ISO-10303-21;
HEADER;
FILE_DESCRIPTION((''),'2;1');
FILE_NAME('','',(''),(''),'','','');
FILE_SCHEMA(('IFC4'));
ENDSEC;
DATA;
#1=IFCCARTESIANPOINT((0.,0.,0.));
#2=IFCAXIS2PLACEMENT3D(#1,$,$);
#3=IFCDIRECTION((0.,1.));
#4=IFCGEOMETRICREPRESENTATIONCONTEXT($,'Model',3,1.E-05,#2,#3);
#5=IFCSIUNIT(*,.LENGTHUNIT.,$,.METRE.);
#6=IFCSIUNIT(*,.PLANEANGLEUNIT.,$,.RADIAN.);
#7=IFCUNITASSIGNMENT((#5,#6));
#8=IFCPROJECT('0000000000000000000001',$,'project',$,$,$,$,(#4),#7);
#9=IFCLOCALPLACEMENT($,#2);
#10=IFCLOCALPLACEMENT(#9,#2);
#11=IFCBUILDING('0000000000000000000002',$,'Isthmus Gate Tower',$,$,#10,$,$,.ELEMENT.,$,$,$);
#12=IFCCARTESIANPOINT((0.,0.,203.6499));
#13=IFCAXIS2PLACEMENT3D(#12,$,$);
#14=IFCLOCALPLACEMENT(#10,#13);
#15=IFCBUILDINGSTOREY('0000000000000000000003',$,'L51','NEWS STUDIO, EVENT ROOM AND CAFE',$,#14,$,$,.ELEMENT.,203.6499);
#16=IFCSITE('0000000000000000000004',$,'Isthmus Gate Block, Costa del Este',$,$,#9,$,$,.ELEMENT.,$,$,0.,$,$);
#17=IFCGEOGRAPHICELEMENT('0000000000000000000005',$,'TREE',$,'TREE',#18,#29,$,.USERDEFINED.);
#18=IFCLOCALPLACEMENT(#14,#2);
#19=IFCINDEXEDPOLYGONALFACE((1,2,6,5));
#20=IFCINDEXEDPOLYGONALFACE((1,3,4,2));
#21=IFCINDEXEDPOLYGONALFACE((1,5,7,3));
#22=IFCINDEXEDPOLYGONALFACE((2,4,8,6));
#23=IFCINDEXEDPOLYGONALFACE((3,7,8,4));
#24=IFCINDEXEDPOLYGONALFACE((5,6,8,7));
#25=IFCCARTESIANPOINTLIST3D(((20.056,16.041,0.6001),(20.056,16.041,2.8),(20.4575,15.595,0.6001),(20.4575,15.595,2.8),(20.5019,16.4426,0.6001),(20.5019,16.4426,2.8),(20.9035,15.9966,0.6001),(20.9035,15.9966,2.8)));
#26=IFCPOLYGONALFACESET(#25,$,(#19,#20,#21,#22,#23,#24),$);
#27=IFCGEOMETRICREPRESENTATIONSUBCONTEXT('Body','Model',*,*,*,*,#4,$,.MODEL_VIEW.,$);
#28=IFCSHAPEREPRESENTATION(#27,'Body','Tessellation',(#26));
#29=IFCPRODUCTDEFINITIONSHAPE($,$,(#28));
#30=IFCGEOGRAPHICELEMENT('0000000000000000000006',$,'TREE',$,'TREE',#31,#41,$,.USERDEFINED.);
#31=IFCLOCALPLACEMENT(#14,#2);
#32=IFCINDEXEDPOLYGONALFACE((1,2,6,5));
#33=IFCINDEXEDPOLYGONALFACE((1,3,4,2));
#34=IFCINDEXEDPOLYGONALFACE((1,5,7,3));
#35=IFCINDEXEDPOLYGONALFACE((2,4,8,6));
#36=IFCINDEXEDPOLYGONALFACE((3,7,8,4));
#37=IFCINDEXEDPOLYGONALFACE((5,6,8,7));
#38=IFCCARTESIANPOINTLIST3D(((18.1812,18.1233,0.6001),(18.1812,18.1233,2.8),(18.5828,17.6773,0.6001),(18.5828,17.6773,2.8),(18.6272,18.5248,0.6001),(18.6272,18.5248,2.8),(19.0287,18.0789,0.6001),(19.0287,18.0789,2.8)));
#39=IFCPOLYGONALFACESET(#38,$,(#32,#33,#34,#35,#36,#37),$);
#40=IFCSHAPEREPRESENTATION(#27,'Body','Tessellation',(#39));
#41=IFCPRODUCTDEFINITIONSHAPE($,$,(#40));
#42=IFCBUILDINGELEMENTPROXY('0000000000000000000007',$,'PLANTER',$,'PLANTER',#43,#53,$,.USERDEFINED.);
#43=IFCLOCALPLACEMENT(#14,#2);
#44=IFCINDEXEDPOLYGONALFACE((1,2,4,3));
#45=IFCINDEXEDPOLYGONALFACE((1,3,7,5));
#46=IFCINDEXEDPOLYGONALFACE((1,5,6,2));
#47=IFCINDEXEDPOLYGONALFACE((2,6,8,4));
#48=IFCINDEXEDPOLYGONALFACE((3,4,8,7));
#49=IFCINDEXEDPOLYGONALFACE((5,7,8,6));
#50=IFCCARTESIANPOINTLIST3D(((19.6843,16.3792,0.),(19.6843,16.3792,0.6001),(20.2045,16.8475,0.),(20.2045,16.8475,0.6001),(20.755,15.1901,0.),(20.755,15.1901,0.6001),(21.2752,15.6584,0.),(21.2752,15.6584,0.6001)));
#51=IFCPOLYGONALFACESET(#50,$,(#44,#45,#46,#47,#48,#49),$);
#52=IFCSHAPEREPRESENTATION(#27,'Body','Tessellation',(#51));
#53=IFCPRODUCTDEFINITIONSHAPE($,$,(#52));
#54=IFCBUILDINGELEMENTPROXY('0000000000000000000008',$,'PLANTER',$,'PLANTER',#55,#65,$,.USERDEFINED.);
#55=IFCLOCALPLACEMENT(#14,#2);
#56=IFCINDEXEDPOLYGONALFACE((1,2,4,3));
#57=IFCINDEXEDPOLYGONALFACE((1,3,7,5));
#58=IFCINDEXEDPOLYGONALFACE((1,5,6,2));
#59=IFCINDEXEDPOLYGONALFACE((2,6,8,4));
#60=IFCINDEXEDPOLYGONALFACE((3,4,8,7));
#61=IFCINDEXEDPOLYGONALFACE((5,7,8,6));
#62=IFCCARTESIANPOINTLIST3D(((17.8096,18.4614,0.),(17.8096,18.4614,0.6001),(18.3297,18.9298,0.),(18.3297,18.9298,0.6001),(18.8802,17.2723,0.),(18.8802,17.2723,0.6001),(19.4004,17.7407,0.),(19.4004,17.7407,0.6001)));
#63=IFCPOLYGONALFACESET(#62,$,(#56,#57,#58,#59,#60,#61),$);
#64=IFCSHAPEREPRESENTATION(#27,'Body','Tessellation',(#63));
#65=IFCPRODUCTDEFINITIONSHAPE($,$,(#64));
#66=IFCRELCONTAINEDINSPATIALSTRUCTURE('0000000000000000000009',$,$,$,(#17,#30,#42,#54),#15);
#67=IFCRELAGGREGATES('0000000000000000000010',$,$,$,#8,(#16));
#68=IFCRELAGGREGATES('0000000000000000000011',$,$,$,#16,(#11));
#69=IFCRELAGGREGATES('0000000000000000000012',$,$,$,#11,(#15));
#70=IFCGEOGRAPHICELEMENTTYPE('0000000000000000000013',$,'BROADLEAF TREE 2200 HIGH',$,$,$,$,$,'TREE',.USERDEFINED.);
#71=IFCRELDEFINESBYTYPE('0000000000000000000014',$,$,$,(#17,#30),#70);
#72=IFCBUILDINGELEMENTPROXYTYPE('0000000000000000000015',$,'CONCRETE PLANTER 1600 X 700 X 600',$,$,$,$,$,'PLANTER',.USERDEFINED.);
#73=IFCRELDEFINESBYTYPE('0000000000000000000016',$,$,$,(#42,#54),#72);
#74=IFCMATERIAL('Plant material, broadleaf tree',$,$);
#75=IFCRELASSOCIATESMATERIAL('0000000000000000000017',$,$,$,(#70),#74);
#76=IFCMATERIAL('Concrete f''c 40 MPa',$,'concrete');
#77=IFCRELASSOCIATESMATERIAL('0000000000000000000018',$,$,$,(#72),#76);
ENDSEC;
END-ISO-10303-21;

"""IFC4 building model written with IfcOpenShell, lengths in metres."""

from ifc_helpers import new_model, si_unit, direction, frame, origin, origin_2d, place, context, subcontext, project, spatial, rectangle, extrude, material, type_object, element, save


model = new_model("IFC4")

# Units and contexts
model_context = context("Model", 3, precision=1e-05, world=origin(), true_north=direction((0.0, 1.0)))
body_context = subcontext(model_context, "Body", "Model", "MODEL_VIEW")
ifc_project = project(units=[si_unit("LENGTHUNIT", "METRE"), si_unit("PLANEANGLEUNIT", "RADIAN")], contexts=[model_context])

# Site, building, storey
site_placement = place(None, origin())
site = spatial("IfcSite", under=ifc_project, at=site_placement, Name="Isthmus Gate Block, Costa del Este", CompositionType="ELEMENT", RefElevation=0.0)
building_placement = place(site_placement, origin())
building = spatial("IfcBuilding", under=site, at=building_placement, Name="Isthmus Gate Tower", CompositionType="ELEMENT")
storey_placement = place(building_placement, frame((0.0, 0.0, 203.6499)))
storey = spatial("IfcBuildingStorey", under=building, at=storey_placement, Name="L51", Description="NEWS STUDIO, EVENT ROOM AND CAFE", CompositionType="ELEMENT", Elevation=203.6499)

# Geographic elements
ifc_material_1 = material(Name="Plant material, broadleaf tree")
geographic_element_type = type_object("IfcGeographicElementType", Name="BROADLEAF TREE 2200 HIGH", ElementType="TREE", PredefinedType="USERDEFINED", material=ifc_material_1)
for number, where, z_axis, x_axis, name in (
    (1, (20.4797, 16.0188, 0.6001), (0.0, 0.0, 1.0), (-0.669131, 0.743145, 0.0), "TREE"),
    (2, (18.605, 18.1011, 0.6001), (0.0, 0.0, 1.0), (-0.669131, 0.743145, 0.0), "TREE"),
):
    element("IfcGeographicElement", number, at=place(storey_placement, frame(where, z_axis=z_axis, x_axis=x_axis)), inside=storey, type_object=geographic_element_type, Name=name, ObjectType="TREE", PredefinedType="USERDEFINED", context=body_context, shape_type="SweptSolid", body=[
        extrude(rectangle(XDim=0.6001, YDim=0.6001, at=origin_2d()), origin(), (0.0, 0.0, 1.0), 2.2),
    ])

# Building element proxies
ifc_material_2 = material(Name="Concrete f'c 40 MPa", Category="concrete")
building_element_proxy_type = type_object("IfcBuildingElementProxyType", Name="CONCRETE PLANTER 1600 X 700 X 600", ElementType="PLANTER", PredefinedType="USERDEFINED", material=ifc_material_2)
for number, where, z_axis, x_axis, name in (
    (3, (20.4797, 16.0188, 0.0), (0.0, 0.0, 1.0), (-0.669131, 0.743145, 0.0), "PLANTER"),
    (4, (18.605, 18.1011, 0.0), (0.0, 0.0, 1.0), (-0.669131, 0.743145, 0.0), "PLANTER"),
):
    element("IfcBuildingElementProxy", number, at=place(storey_placement, frame(where, z_axis=z_axis, x_axis=x_axis)), inside=storey, type_object=building_element_proxy_type, Name=name, ObjectType="PLANTER", PredefinedType="USERDEFINED", context=body_context, shape_type="SweptSolid", body=[
        extrude(rectangle(XDim=1.6001, YDim=0.7, at=origin_2d()), origin(), (0.0, 0.0, 1.0), 0.6001),
    ])

save(model, "model.ifc")
